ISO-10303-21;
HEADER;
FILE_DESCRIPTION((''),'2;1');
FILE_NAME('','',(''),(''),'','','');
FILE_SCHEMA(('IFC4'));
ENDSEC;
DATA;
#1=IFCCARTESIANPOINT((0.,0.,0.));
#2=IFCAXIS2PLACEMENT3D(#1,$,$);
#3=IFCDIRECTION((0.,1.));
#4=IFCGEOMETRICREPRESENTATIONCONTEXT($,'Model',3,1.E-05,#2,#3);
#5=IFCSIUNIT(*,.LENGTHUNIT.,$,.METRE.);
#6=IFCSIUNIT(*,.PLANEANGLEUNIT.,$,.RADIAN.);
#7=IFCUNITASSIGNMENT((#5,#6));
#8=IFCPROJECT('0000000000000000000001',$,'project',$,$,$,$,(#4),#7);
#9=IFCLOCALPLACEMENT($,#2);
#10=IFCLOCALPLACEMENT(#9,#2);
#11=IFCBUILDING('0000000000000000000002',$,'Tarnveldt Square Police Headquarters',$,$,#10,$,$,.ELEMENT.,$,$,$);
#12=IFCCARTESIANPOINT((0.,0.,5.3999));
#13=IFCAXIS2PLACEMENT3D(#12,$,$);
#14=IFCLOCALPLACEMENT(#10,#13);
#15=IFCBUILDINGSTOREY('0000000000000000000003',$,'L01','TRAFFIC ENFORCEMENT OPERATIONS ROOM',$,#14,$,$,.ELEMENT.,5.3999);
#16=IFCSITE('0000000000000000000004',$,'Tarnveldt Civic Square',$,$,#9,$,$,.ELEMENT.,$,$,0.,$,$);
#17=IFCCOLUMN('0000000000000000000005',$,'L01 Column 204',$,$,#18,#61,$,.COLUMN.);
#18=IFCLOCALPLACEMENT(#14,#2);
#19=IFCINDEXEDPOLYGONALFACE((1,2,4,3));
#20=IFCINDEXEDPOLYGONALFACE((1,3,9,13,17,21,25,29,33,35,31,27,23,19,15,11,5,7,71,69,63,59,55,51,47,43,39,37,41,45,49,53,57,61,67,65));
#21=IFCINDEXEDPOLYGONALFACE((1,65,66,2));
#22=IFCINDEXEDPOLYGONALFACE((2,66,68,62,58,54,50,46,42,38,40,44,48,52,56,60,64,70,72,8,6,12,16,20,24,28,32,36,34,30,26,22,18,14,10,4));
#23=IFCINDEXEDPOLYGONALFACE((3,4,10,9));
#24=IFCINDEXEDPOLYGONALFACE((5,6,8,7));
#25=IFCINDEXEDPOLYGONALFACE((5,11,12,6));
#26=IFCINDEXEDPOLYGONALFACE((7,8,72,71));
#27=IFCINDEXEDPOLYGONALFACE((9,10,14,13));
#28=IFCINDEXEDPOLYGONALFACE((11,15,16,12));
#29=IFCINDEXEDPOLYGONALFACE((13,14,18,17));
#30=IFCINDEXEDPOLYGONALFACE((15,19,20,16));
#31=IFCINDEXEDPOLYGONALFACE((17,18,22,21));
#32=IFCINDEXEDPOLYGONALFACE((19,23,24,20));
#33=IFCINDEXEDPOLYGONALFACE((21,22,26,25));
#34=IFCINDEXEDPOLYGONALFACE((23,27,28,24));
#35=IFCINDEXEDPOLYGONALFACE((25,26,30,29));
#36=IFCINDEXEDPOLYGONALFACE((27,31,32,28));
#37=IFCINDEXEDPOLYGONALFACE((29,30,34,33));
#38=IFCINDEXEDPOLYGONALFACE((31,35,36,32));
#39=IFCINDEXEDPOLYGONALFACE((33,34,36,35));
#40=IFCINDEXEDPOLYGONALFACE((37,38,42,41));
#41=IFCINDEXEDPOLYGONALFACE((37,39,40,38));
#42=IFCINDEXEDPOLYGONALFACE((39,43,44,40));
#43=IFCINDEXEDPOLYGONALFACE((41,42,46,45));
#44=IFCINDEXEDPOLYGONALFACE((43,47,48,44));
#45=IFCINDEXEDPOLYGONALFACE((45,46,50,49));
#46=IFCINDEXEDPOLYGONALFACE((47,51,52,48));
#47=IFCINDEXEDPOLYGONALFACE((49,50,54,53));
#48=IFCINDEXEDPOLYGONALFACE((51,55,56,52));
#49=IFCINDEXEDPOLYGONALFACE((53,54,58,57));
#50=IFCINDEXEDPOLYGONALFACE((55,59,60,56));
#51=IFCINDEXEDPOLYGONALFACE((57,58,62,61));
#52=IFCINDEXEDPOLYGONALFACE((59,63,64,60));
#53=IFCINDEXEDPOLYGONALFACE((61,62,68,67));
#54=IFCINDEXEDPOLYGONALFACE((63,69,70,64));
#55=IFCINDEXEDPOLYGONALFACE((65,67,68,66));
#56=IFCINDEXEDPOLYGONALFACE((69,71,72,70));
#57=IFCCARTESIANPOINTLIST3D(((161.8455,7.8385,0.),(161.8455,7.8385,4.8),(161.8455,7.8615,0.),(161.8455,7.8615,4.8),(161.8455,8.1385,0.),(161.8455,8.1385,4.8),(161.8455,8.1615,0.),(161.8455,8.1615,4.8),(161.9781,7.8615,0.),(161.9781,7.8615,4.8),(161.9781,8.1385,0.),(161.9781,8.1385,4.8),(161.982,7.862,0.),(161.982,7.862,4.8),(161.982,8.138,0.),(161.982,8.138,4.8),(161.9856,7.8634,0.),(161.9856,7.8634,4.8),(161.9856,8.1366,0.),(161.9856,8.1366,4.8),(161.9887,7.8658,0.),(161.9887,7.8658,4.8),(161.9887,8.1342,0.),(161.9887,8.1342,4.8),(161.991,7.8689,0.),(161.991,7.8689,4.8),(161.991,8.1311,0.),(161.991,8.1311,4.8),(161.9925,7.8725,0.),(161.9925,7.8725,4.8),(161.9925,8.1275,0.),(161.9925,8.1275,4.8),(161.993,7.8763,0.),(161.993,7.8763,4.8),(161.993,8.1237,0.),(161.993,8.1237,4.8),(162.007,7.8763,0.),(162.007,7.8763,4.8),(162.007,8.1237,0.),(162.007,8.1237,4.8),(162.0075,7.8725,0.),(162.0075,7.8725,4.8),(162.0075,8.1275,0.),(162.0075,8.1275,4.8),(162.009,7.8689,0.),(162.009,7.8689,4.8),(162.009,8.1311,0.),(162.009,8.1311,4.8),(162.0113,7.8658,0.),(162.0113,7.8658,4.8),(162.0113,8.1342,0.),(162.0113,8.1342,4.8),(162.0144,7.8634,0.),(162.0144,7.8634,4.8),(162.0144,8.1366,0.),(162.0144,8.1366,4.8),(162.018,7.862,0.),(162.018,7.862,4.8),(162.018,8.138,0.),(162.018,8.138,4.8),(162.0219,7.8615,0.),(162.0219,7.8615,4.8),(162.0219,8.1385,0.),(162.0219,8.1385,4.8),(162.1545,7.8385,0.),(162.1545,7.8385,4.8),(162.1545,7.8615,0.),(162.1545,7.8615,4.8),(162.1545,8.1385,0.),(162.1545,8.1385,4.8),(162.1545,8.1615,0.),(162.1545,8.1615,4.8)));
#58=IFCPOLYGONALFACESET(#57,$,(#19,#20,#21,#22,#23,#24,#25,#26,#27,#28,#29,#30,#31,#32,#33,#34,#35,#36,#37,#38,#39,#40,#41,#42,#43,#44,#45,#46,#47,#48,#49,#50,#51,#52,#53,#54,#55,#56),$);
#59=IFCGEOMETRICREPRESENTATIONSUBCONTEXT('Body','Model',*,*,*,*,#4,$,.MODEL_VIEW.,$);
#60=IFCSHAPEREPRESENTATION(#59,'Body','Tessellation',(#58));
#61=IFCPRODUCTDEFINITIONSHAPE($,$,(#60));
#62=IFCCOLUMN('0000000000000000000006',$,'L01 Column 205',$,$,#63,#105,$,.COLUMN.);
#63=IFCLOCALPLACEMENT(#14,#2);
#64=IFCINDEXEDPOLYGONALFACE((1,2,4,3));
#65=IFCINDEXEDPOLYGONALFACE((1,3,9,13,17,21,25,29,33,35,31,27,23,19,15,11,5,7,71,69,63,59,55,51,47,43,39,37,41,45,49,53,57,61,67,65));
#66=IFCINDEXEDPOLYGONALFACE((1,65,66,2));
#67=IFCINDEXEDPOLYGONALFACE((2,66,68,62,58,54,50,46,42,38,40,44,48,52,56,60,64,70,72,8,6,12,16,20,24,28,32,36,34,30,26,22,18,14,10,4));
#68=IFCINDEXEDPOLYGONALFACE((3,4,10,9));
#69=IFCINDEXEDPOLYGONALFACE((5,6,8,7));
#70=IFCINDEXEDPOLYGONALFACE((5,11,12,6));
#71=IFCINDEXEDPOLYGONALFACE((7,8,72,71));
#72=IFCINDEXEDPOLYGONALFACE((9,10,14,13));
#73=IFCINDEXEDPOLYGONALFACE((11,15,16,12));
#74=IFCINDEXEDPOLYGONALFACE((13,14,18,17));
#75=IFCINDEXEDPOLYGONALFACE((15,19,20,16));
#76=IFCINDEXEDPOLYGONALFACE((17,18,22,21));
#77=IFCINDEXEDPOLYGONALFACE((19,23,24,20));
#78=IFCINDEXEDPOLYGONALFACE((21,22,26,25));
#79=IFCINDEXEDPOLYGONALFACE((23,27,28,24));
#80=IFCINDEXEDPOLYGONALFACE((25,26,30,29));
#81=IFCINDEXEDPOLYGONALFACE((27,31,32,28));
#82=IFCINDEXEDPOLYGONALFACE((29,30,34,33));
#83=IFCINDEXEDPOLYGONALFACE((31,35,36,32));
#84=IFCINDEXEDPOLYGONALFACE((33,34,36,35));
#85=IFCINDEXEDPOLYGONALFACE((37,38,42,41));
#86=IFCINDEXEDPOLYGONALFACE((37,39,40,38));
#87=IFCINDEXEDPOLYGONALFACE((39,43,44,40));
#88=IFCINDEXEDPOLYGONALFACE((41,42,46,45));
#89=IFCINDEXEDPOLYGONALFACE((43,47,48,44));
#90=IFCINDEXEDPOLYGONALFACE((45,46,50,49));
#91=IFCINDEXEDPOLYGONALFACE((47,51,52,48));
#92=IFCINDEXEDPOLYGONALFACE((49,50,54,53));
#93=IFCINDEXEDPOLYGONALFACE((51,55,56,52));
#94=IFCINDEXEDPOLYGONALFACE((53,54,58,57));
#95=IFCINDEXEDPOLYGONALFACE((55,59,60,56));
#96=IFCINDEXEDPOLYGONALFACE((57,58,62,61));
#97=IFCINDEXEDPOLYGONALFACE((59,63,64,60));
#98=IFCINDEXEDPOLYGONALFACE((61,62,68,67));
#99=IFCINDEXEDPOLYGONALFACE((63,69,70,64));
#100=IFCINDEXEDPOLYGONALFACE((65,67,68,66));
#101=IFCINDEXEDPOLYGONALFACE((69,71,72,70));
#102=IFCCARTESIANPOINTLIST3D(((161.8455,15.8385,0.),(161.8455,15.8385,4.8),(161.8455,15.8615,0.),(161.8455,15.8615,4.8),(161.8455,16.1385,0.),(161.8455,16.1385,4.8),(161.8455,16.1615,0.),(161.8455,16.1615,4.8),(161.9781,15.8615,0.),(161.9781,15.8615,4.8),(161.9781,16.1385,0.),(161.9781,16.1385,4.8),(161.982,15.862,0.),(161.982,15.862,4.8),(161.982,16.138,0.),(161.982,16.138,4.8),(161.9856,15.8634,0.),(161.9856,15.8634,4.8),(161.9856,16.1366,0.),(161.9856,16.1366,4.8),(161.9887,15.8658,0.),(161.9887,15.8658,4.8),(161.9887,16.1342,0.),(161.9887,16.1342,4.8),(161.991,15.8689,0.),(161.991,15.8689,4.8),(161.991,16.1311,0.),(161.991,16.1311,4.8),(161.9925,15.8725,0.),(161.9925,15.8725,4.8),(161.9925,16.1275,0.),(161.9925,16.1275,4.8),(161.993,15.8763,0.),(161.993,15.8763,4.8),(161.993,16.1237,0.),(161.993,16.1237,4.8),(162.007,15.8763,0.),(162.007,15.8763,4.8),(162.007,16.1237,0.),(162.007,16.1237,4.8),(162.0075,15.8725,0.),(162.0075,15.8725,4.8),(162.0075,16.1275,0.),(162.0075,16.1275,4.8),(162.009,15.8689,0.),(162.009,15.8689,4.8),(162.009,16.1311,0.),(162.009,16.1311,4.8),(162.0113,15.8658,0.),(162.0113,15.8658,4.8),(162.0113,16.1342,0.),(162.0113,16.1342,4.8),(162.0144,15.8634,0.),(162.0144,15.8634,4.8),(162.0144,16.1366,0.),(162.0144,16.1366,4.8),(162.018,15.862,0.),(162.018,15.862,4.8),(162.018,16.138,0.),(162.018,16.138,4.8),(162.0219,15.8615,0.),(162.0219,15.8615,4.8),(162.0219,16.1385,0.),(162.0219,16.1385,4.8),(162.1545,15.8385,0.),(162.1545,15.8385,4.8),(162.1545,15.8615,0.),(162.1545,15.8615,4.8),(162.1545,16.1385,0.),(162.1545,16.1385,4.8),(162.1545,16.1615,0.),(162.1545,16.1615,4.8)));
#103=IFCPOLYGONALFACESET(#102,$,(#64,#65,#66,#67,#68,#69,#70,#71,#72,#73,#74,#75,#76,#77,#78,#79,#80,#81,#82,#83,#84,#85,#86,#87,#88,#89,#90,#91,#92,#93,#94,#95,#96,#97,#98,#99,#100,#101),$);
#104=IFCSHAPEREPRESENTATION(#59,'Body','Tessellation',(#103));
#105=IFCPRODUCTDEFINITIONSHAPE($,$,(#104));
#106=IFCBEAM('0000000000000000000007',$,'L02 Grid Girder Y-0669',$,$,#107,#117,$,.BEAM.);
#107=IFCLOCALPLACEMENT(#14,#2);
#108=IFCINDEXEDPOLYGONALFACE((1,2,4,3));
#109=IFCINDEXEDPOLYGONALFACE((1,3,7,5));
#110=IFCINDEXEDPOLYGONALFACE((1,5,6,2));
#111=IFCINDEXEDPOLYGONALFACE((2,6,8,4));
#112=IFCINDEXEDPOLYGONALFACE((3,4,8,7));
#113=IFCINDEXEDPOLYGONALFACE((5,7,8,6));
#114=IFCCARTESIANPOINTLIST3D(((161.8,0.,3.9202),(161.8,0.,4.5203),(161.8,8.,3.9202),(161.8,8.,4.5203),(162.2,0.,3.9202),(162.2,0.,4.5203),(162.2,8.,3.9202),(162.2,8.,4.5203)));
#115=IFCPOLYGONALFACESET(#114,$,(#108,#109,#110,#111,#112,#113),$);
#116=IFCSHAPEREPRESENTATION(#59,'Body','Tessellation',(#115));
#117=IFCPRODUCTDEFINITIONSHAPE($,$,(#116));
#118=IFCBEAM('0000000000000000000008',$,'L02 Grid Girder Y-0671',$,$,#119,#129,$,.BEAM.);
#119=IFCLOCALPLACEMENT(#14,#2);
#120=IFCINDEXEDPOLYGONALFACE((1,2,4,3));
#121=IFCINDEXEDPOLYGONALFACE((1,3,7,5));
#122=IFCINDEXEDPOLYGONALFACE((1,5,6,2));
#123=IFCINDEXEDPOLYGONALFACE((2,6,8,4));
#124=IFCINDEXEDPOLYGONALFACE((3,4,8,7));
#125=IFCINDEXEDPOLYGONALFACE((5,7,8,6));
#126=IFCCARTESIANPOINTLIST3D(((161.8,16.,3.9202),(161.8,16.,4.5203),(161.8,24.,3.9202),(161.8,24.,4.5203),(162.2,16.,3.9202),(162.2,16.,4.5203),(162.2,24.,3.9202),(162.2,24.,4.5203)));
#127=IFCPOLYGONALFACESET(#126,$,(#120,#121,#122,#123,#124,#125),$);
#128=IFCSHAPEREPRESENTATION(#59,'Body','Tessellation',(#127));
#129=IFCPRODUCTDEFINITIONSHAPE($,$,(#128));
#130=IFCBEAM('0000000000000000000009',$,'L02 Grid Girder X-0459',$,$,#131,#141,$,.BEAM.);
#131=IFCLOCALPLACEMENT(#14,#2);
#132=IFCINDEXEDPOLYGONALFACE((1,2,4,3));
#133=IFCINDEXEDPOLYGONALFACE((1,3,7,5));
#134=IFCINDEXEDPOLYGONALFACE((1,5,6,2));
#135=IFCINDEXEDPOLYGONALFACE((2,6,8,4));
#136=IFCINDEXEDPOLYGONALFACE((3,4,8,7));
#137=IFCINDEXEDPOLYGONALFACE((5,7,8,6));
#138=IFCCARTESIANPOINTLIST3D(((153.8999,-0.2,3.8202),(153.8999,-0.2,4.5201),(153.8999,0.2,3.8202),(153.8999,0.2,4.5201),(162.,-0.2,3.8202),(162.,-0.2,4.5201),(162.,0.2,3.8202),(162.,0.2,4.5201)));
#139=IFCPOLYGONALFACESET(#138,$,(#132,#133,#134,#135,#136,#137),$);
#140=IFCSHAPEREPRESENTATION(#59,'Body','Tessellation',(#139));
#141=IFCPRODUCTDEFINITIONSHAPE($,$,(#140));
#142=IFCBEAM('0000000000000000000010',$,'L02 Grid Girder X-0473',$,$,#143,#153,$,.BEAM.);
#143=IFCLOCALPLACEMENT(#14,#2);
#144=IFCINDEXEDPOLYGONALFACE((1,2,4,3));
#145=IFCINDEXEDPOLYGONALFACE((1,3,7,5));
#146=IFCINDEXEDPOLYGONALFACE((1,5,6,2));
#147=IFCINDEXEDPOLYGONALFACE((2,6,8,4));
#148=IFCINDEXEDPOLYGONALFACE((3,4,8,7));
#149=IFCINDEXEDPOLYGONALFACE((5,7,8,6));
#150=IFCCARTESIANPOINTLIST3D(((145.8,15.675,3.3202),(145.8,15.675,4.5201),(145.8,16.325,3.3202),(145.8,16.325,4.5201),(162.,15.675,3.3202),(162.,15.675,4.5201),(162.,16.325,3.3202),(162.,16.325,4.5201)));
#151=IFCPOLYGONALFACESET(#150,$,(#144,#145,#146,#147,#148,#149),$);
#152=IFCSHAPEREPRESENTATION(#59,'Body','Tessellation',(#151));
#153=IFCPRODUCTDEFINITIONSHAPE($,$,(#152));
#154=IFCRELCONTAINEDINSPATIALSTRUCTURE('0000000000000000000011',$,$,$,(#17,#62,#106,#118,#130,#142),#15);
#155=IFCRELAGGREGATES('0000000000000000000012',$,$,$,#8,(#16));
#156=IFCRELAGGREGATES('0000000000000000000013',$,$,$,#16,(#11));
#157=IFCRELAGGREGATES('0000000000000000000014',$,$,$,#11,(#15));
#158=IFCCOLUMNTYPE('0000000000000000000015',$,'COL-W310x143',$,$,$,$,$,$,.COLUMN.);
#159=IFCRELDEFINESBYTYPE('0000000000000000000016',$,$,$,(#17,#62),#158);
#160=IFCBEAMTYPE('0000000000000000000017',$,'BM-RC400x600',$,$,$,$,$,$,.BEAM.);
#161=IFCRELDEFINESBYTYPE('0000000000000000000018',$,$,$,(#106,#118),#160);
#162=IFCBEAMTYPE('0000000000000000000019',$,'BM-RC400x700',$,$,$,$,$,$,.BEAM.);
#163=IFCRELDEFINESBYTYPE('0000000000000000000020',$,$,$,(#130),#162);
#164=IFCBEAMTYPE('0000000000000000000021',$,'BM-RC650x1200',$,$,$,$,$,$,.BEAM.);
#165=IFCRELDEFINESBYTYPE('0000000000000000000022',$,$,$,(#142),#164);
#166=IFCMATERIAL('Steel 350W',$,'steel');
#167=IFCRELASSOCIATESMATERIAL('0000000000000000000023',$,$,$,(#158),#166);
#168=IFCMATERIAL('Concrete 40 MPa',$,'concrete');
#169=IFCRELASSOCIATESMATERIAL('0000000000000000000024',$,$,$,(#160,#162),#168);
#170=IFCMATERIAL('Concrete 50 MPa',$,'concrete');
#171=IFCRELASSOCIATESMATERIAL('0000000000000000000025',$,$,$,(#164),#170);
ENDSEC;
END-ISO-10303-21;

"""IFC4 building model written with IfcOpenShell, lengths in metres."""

from ifc_helpers import new_model, si_unit, direction, frame, origin, origin_2d, place, context, subcontext, project, spatial, rectangle, i_section, extrude, material, material_profile, profile_set, type_object, element, save


model = new_model("IFC4")

# Units and contexts
model_context = context("Model", 3, precision=1e-05, world=origin(), true_north=direction((0.0, 1.0)))
body_context = subcontext(model_context, "Body", "Model", "MODEL_VIEW")
ifc_project = project(units=[si_unit("LENGTHUNIT", "METRE"), si_unit("PLANEANGLEUNIT", "RADIAN")], contexts=[model_context])

# Site, building, storey
site_placement = place(None, origin())
site = spatial("IfcSite", under=ifc_project, at=site_placement, Name="Tarnveldt Civic Square", CompositionType="ELEMENT", RefElevation=0.0)
building_placement = place(site_placement, origin())
building = spatial("IfcBuilding", under=site, at=building_placement, Name="Tarnveldt Square Police Headquarters", CompositionType="ELEMENT")
storey_placement = place(building_placement, frame((0.0, 0.0, 5.3999)))
storey = spatial("IfcBuildingStorey", under=building, at=storey_placement, Name="L01", Description="TRAFFIC ENFORCEMENT OPERATIONS ROOM", CompositionType="ELEMENT", Elevation=5.3999)

# Columns
ifc_material_1 = material(Name="Steel 350W", Category="steel")
ifc_material_profile_1 = material_profile(ifc_material_1, i_section(OverallWidth=0.3091, OverallDepth=0.323, WebThickness=0.0139, FlangeThickness=0.0229, FilletRadius=0.0149, at=origin_2d()), Name="W310x143")
ifc_profile_set_1 = profile_set([ifc_material_profile_1], Name="Steel 350W")
column_type_1 = type_object("IfcColumnType", Name="COL-W310x143", PredefinedType="COLUMN", material=ifc_profile_set_1)
for number, where, z_axis, x_axis, name in (
    (1, (162.0, 8.0, 0.0), (0.0, 0.0, 1.0), (1.0, 0.0, 0.0), "L01 Column 204"),
    (2, (162.0, 16.0, 0.0), (0.0, 0.0, 1.0), (1.0, 0.0, 0.0), "L01 Column 205"),
):
    element("IfcColumn", number, at=place(storey_placement, frame(where, z_axis=z_axis, x_axis=x_axis)), inside=storey, type_object=column_type_1, Name=name, PredefinedType="COLUMN", context=body_context, shape_type="SweptSolid", body=[
        extrude(i_section(OverallWidth=0.3091, OverallDepth=0.323, WebThickness=0.0139, FlangeThickness=0.0229, FilletRadius=0.0149, at=origin_2d()), origin(), (0.0, 0.0, 1.0), 4.8),
    ])

# Beams
ifc_material_2 = material(Name="Concrete 40 MPa", Category="concrete")
ifc_material_profile_2 = material_profile(ifc_material_2, rectangle(XDim=0.3999, YDim=0.6001, at=origin_2d()), Name="RC-B400x600")
ifc_profile_set_2 = profile_set([ifc_material_profile_2], Name="Concrete 40 MPa")
beam_type_1 = type_object("IfcBeamType", Name="BM-RC400x600", PredefinedType="BEAM", material=ifc_profile_set_2)
for number, where, z_axis, x_axis, name in (
    (3, (162.0, 0.0, 4.2202), (0.0, 1.0, 0.0), (-1.0, 0.0, 0.0), "L02 Grid Girder Y-0669"),
    (4, (162.0, 16.0, 4.2202), (0.0, 1.0, 0.0), (-1.0, 0.0, 0.0), "L02 Grid Girder Y-0671"),
):
    element("IfcBeam", number, at=place(storey_placement, frame(where, z_axis=z_axis, x_axis=x_axis)), inside=storey, type_object=beam_type_1, Name=name, PredefinedType="BEAM", context=body_context, shape_type="SweptSolid", body=[
        extrude(rectangle(XDim=0.3999, YDim=0.6001, at=origin_2d()), origin(), (0.0, 0.0, 1.0), 8.0),
    ])
ifc_material_profile_3 = material_profile(ifc_material_2, rectangle(XDim=0.3999, YDim=0.7, at=origin_2d()), Name="RC-B400x700")
ifc_profile_set_3 = profile_set([ifc_material_profile_3], Name="Concrete 40 MPa")
beam_type_2 = type_object("IfcBeamType", Name="BM-RC400x700", PredefinedType="BEAM", material=ifc_profile_set_3)
beam_1_placement = place(storey_placement, frame((153.8999, 0.0, 4.1702), z_axis=(1.0, 0.0, 0.0), x_axis=(0.0, 1.0, 0.0)))
element("IfcBeam", 5, at=beam_1_placement, inside=storey, type_object=beam_type_2, Name="L02 Grid Girder X-0459", PredefinedType="BEAM", context=body_context, shape_type="SweptSolid", body=[
    extrude(rectangle(XDim=0.3999, YDim=0.7, at=origin_2d()), origin(), (0.0, 0.0, 1.0), 8.1001),
])
ifc_material_3 = material(Name="Concrete 50 MPa", Category="concrete")
ifc_material_profile_4 = material_profile(ifc_material_3, rectangle(XDim=0.6499, YDim=1.2, at=origin_2d()), Name="RC-B650x1200")
ifc_profile_set_4 = profile_set([ifc_material_profile_4], Name="Concrete 50 MPa")
beam_type_3 = type_object("IfcBeamType", Name="BM-RC650x1200", PredefinedType="BEAM", material=ifc_profile_set_4)
beam_2_placement = place(storey_placement, frame((145.8, 16.0, 3.9202), z_axis=(1.0, 0.0, 0.0), x_axis=(0.0, 1.0, 0.0)))
element("IfcBeam", 6, at=beam_2_placement, inside=storey, type_object=beam_type_3, Name="L02 Grid Girder X-0473", PredefinedType="BEAM", context=body_context, shape_type="SweptSolid", body=[
    extrude(rectangle(XDim=0.6499, YDim=1.2, at=origin_2d()), origin(), (0.0, 0.0, 1.0), 16.2),
])

save(model, "model.ifc")
